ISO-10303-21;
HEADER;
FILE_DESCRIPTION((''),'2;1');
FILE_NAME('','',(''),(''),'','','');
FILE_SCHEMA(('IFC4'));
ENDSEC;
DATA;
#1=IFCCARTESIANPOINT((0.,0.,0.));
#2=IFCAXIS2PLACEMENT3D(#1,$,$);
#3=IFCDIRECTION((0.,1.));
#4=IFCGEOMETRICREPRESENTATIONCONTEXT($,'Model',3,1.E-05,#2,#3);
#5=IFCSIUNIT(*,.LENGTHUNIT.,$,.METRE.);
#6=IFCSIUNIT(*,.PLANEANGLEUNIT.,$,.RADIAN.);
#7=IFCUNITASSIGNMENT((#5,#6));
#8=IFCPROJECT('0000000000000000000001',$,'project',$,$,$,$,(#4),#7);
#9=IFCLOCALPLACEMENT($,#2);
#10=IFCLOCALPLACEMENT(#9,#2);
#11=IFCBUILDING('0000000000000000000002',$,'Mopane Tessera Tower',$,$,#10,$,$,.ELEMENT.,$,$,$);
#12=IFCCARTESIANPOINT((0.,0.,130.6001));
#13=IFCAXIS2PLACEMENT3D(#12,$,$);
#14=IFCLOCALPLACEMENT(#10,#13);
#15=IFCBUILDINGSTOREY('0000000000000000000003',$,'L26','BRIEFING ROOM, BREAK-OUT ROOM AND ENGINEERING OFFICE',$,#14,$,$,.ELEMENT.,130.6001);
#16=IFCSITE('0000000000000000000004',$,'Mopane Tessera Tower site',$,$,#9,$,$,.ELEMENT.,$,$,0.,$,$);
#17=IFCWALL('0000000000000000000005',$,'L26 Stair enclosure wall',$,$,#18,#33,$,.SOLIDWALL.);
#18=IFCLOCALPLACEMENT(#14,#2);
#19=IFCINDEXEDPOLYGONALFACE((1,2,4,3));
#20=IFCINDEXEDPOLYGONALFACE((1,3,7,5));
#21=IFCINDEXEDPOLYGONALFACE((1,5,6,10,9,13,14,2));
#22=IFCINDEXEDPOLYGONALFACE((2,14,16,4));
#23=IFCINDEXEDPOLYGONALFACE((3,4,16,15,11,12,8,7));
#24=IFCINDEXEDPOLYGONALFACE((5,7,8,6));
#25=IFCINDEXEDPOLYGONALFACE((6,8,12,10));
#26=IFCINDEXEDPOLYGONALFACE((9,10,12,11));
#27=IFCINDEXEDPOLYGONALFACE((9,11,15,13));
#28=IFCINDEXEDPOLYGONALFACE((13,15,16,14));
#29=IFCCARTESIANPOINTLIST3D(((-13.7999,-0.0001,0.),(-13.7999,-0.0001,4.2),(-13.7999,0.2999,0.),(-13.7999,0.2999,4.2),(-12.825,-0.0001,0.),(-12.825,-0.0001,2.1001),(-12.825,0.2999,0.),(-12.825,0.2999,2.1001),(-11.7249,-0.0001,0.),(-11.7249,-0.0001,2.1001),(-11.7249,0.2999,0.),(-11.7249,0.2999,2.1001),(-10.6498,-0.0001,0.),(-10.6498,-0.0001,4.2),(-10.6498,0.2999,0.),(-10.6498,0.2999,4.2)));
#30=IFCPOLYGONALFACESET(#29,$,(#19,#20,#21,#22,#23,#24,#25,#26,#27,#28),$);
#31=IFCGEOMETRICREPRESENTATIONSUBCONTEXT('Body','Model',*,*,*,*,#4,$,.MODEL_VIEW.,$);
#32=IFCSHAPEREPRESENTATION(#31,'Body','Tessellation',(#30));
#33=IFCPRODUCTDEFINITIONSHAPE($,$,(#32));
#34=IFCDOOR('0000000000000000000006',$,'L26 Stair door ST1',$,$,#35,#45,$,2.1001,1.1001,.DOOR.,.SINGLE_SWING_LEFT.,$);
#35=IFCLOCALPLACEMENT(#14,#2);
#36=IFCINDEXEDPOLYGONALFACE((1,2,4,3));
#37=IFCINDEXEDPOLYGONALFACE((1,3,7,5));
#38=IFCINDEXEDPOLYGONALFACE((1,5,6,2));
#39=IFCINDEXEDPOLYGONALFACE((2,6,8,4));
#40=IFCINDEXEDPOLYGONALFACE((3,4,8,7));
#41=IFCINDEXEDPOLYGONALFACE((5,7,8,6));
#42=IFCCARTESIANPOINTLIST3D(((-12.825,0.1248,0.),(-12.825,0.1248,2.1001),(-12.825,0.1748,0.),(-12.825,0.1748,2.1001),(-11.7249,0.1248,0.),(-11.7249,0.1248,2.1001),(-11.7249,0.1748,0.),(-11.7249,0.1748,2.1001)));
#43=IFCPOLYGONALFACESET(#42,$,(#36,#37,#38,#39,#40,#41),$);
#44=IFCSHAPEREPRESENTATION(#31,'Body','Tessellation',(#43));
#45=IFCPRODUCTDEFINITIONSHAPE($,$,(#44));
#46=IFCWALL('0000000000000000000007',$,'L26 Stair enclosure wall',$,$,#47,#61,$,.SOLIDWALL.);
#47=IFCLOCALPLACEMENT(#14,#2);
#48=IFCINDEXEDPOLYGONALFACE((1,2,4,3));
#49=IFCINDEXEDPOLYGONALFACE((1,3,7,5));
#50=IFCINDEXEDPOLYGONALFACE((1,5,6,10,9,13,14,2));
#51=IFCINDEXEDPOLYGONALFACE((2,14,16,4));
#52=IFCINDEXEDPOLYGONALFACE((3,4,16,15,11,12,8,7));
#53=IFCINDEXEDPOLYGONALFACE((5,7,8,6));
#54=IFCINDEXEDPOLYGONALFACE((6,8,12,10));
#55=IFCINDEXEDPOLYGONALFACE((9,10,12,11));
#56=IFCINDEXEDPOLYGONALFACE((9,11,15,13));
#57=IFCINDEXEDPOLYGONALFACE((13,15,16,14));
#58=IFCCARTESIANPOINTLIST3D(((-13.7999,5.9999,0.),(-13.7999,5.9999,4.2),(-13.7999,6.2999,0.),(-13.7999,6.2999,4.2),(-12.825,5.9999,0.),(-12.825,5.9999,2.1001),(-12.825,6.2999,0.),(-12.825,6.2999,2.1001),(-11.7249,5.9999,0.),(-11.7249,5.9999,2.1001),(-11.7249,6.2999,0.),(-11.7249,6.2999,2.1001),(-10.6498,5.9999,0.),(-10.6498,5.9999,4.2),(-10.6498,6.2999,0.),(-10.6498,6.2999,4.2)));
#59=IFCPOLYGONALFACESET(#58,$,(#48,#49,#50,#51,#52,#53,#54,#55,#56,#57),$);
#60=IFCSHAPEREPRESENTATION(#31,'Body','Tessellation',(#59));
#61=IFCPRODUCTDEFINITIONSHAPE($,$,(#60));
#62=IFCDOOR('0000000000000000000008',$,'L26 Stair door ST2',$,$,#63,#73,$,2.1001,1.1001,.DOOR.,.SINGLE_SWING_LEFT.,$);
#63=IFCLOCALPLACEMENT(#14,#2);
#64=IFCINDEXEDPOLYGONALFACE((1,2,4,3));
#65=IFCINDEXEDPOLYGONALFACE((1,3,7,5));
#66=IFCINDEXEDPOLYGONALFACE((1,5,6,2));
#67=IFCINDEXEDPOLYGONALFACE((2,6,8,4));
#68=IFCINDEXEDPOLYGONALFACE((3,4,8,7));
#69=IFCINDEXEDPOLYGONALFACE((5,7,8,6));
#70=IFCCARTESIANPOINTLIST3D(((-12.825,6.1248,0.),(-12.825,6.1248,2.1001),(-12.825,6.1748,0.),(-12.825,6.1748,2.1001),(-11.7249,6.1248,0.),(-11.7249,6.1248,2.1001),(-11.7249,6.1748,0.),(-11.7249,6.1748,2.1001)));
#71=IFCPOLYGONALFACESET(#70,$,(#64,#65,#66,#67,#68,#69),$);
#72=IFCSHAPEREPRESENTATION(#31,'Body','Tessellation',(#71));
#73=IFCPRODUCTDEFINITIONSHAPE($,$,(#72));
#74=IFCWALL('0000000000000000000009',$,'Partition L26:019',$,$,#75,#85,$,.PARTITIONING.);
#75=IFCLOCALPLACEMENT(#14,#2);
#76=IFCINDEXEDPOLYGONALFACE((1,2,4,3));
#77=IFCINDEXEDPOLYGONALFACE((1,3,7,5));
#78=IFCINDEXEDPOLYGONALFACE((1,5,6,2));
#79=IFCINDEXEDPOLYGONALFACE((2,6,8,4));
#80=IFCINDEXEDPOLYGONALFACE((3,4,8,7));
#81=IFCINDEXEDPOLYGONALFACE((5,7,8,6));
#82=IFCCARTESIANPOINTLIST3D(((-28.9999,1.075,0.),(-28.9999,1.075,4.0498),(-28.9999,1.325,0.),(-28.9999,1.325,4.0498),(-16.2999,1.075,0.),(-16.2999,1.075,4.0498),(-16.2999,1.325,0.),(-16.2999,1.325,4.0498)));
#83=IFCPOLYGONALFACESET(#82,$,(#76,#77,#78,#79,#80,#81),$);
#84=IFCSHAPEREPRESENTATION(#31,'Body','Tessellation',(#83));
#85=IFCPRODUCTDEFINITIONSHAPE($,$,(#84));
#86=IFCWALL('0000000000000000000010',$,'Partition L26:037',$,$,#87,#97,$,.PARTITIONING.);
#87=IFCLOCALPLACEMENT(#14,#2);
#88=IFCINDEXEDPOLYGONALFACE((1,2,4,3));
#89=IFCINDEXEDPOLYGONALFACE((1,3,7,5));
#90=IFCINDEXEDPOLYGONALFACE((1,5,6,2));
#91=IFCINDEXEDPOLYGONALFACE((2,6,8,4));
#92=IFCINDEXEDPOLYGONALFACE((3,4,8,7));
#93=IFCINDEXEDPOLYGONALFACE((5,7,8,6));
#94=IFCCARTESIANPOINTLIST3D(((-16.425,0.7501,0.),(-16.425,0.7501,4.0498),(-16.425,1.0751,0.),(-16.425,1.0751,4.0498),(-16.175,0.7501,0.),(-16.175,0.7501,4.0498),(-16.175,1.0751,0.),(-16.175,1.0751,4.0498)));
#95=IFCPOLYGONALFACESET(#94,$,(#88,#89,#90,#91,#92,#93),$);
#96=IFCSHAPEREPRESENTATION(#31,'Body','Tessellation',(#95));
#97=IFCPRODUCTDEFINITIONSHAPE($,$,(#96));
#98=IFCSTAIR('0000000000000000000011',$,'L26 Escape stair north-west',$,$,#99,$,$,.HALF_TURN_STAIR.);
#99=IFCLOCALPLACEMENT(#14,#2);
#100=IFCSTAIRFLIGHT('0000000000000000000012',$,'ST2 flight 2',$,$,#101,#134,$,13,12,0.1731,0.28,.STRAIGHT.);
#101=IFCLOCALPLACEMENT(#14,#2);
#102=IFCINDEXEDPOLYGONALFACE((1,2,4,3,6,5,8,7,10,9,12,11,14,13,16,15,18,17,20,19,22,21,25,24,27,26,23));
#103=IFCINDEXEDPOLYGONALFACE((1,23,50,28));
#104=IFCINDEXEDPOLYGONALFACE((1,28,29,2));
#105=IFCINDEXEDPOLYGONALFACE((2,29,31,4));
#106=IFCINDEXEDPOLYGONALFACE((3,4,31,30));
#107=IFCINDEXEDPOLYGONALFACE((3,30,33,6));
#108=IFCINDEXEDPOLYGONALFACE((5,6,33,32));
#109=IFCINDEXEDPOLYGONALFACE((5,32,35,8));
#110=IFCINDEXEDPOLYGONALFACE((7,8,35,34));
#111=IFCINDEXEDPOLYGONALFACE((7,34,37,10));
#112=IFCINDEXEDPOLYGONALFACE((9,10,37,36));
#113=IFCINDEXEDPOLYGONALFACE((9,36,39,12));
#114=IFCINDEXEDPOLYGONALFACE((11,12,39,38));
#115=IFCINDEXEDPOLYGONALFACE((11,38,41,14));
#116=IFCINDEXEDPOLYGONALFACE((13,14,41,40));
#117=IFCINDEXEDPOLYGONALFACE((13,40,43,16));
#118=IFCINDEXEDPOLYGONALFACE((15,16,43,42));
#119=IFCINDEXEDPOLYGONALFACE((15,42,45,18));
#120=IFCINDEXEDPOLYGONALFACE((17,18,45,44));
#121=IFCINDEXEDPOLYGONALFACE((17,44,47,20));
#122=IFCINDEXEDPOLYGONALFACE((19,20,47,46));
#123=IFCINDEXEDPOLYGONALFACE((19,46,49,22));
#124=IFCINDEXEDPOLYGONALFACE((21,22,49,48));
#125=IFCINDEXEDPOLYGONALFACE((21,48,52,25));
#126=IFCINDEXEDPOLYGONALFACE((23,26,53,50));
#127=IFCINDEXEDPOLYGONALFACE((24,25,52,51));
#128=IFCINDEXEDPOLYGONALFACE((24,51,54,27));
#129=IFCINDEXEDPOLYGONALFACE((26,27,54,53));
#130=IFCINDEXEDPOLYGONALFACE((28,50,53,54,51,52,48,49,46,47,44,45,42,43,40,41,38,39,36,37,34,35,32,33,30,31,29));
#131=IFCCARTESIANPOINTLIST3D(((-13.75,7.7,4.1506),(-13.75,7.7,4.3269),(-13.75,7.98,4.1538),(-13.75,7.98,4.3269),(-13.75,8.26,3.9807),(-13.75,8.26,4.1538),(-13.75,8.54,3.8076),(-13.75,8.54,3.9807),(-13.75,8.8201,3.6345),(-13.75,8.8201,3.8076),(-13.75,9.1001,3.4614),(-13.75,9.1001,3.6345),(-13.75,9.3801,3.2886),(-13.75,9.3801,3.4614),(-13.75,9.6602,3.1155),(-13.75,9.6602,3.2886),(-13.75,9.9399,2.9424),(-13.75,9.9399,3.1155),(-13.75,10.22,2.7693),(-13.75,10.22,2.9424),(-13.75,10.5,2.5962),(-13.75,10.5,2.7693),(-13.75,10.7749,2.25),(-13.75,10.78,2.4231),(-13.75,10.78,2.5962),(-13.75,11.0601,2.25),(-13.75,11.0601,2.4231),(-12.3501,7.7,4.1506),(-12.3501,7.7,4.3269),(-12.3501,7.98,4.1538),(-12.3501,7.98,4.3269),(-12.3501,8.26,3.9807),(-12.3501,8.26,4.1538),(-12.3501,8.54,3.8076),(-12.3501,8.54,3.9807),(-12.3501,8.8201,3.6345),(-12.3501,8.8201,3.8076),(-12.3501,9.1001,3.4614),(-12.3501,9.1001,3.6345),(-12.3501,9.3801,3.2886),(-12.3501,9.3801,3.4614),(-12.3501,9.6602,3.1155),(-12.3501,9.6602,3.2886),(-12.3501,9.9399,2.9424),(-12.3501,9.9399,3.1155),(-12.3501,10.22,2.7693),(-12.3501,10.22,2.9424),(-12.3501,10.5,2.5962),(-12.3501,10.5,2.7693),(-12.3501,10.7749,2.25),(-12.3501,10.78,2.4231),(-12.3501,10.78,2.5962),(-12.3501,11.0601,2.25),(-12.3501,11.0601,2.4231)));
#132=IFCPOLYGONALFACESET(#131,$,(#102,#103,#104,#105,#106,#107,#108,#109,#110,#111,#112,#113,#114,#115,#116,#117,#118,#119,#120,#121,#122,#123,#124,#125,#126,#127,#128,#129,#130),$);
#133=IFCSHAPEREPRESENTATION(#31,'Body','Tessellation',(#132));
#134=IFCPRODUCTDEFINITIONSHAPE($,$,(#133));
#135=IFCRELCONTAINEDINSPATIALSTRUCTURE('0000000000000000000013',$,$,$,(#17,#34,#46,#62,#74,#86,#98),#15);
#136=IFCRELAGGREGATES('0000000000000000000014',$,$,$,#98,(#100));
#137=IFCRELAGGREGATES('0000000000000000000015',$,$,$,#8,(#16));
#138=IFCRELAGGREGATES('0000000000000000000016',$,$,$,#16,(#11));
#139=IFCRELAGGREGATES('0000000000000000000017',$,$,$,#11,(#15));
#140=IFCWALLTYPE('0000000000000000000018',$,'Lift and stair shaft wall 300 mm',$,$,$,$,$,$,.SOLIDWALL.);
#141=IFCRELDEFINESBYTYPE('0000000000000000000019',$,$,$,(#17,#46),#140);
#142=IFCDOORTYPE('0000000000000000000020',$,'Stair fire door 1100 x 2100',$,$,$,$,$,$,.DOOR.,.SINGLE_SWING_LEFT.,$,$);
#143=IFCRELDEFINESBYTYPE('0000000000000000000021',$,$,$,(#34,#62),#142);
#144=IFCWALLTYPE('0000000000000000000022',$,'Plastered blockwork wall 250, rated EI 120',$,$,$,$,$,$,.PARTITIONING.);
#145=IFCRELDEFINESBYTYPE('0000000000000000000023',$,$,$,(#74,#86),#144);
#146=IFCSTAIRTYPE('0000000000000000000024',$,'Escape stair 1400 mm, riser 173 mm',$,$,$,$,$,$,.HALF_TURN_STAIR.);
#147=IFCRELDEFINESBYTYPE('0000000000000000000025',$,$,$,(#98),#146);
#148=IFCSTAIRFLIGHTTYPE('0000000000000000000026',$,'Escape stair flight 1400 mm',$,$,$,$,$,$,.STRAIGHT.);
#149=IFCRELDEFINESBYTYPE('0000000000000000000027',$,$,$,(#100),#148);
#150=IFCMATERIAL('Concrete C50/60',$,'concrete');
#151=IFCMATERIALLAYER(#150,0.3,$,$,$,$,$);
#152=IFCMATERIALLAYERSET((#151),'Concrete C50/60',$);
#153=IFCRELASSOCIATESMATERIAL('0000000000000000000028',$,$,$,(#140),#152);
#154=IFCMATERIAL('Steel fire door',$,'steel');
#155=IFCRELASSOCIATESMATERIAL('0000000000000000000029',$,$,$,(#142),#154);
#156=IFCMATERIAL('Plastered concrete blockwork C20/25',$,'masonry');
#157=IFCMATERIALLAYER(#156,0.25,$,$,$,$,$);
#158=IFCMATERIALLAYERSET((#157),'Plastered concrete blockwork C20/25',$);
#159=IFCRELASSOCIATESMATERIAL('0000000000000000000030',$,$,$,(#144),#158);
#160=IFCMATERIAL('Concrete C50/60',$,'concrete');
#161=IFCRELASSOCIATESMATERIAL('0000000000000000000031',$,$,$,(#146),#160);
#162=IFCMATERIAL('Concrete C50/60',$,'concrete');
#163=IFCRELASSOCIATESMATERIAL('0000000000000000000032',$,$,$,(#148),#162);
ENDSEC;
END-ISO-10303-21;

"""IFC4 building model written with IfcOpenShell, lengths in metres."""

from ifc_helpers import new_model, si_unit, direction, frame, frame_2d, origin, place, context, subcontext, project, spatial, polyline, rectangle, outline, extrude, material, layer, layer_set, type_object, element, fill, aggregate, save


model = new_model("IFC4")

# Units and contexts
model_context = context("Model", 3, precision=1e-05, world=origin(), true_north=direction((0.0, 1.0)))
body_context = subcontext(model_context, "Body", "Model", "MODEL_VIEW")
ifc_project = project(units=[si_unit("LENGTHUNIT", "METRE"), si_unit("PLANEANGLEUNIT", "RADIAN")], contexts=[model_context])

# Site, building, storey
site_placement = place(None, origin())
site = spatial("IfcSite", under=ifc_project, at=site_placement, Name="Mopane Tessera Tower site", CompositionType="ELEMENT", RefElevation=0.0)
building_placement = place(site_placement, origin())
building = spatial("IfcBuilding", under=site, at=building_placement, Name="Mopane Tessera Tower", CompositionType="ELEMENT")
storey_placement = place(building_placement, frame((0.0, 0.0, 130.6001)))
storey = spatial("IfcBuildingStorey", under=building, at=storey_placement, Name="L26", Description="BRIEFING ROOM, BREAK-OUT ROOM AND ENGINEERING OFFICE", CompositionType="ELEMENT", Elevation=130.6001)

# Walls, openings, doors
ifc_material_1 = material(Name="Concrete C50/60", Category="concrete")
ifc_layer_1 = layer(ifc_material_1, 0.3)
ifc_layer_set_1 = layer_set([ifc_layer_1], Name="Concrete C50/60")
wall_type_1 = type_object("IfcWallType", Name="Lift and stair shaft wall 300 mm", PredefinedType="SOLIDWALL", material=ifc_layer_set_1)
wall_1_placement = place(storey_placement, frame((-13.8, 0.1499, 0.0), z_axis=(0.0, 0.0, 1.0), x_axis=(1.0, 0.0, 0.0)))
wall_1 = element("IfcWall", 1, at=wall_1_placement, inside=storey, type_object=wall_type_1, Name="L26 Stair enclosure wall", PredefinedType="SOLIDWALL", context=body_context, shape_type="SweptSolid", body=[
    extrude(rectangle(XDim=3.1501, YDim=0.3, at=frame_2d((1.5752, 0.0))), origin(), (0.0, 0.0, 1.0), 4.2),
])
opening_1_placement = place(wall_1_placement, frame((0.9751, 0.0, 0.0)))
opening_1 = element("IfcOpeningElement", 2, at=opening_1_placement, cuts=wall_1, PredefinedType="OPENING", context=body_context, shape_type="SweptSolid", body=[
    extrude(rectangle(XDim=1.1001, YDim=2.1001, at=frame_2d((0.55, 1.05))), frame((0.0, 0.1621, 0.0), z_axis=(0.0, -1.0, 0.0), x_axis=(1.0, 0.0, 0.0)), (0.0, 0.0, 1.0), 0.324),
])
ifc_material_2 = material(Name="Steel fire door", Category="steel")
door_type_1 = type_object("IfcDoorType", Name="Stair fire door 1100 x 2100", OperationType="SINGLE_SWING_LEFT", PredefinedType="DOOR", material=ifc_material_2)
door_1_placement = place(opening_1_placement, origin())
door_1 = element("IfcDoor", 3, at=door_1_placement, inside=storey, type_object=door_type_1, Name="L26 Stair door ST1", OperationType="SINGLE_SWING_LEFT", OverallHeight=2.1001, OverallWidth=1.1001, PredefinedType="DOOR", context=body_context, shape_type="SweptSolid", body=[
    extrude(rectangle(XDim=1.1001, YDim=2.1001, at=frame_2d((0.55, 1.05))), frame((0.0, 0.0249, 0.0), z_axis=(0.0, -1.0, 0.0), x_axis=(1.0, 0.0, 0.0)), (0.0, 0.0, 1.0), 0.05),
])
fill(opening_1, door_1)
wall_2_placement = place(storey_placement, frame((-13.8, 6.1499, 0.0), z_axis=(0.0, 0.0, 1.0), x_axis=(1.0, 0.0, 0.0)))
wall_2 = element("IfcWall", 4, at=wall_2_placement, inside=storey, type_object=wall_type_1, Name="L26 Stair enclosure wall", PredefinedType="SOLIDWALL", context=body_context, shape_type="SweptSolid", body=[
    extrude(rectangle(XDim=3.1501, YDim=0.3, at=frame_2d((1.5752, 0.0))), origin(), (0.0, 0.0, 1.0), 4.2),
])
opening_2_placement = place(wall_2_placement, frame((0.9751, 0.0, 0.0)))
opening_2 = element("IfcOpeningElement", 5, at=opening_2_placement, cuts=wall_2, PredefinedType="OPENING", context=body_context, shape_type="SweptSolid", body=[
    extrude(rectangle(XDim=1.1001, YDim=2.1001, at=frame_2d((0.55, 1.05))), frame((0.0, 0.1621, 0.0), z_axis=(0.0, -1.0, 0.0), x_axis=(1.0, 0.0, 0.0)), (0.0, 0.0, 1.0), 0.324),
])
door_2_placement = place(opening_2_placement, origin())
door_2 = element("IfcDoor", 6, at=door_2_placement, inside=storey, type_object=door_type_1, Name="L26 Stair door ST2", OperationType="SINGLE_SWING_LEFT", OverallHeight=2.1001, OverallWidth=1.1001, PredefinedType="DOOR", context=body_context, shape_type="SweptSolid", body=[
    extrude(rectangle(XDim=1.1001, YDim=2.1001, at=frame_2d((0.55, 1.05))), frame((0.0, 0.0249, 0.0), z_axis=(0.0, -1.0, 0.0), x_axis=(1.0, 0.0, 0.0)), (0.0, 0.0, 1.0), 0.05),
])
fill(opening_2, door_2)

# Walls
ifc_material_3 = material(Name="Plastered concrete blockwork C20/25", Category="masonry")
ifc_layer_2 = layer(ifc_material_3, 0.25)
ifc_layer_set_2 = layer_set([ifc_layer_2], Name="Plastered concrete blockwork C20/25")
wall_type_2 = type_object("IfcWallType", Name="Plastered blockwork wall 250, rated EI 120", PredefinedType="PARTITIONING", material=ifc_layer_set_2)
wall_3_placement = place(storey_placement, frame((-29.0, 1.2, 0.0), z_axis=(0.0, 0.0, 1.0), x_axis=(1.0, 0.0, 0.0)))
element("IfcWall", 7, at=wall_3_placement, inside=storey, type_object=wall_type_2, Name="Partition L26:019", PredefinedType="PARTITIONING", context=body_context, shape_type="SweptSolid", body=[
    extrude(rectangle(XDim=12.7, YDim=0.25, at=frame_2d((6.3501, 0.0))), origin(), (0.0, 0.0, 1.0), 4.0498),
])
wall_4_placement = place(storey_placement, frame((-16.3, 0.75, 0.0), z_axis=(0.0, 0.0, 1.0), x_axis=(0.0, 1.0, 0.0)))
element("IfcWall", 8, at=wall_4_placement, inside=storey, type_object=wall_type_2, Name="Partition L26:037", PredefinedType="PARTITIONING", context=body_context, shape_type="SweptSolid", body=[
    extrude(rectangle(XDim=0.325, YDim=0.25, at=frame_2d((0.1626, 0.0))), origin(), (0.0, 0.0, 1.0), 4.0498),
])

# Stair, stair flight
ifc_material_4 = material(Name="Concrete C50/60", Category="concrete")
stair_type = type_object("IfcStairType", Name="Escape stair 1400 mm, riser 173 mm", PredefinedType="HALF_TURN_STAIR", material=ifc_material_4)
stair_placement = place(storey_placement, origin())
stair = element("IfcStair", 9, at=stair_placement, inside=storey, type_object=stair_type, Name="L26 Escape stair north-west", PredefinedType="HALF_TURN_STAIR")
ifc_material_5 = material(Name="Concrete C50/60", Category="concrete")
stair_flight_type = type_object("IfcStairFlightType", Name="Escape stair flight 1400 mm", PredefinedType="STRAIGHT", material=ifc_material_5)
stair_flight_placement = place(storey_placement, frame((-13.05, 11.0601, 2.25), z_axis=(0.0, 0.0, 1.0), x_axis=(0.0, -1.0, 0.0)))
stair_flight = element("IfcStairFlight", 10, at=stair_flight_placement, type_object=stair_flight_type, Name="ST2 flight 2", NumberOfRisers=13, NumberOfTreads=12, PredefinedType="STRAIGHT", RiserHeight=0.1731, TreadLength=0.28, context=body_context, shape_type="SweptSolid", body=[
    extrude(outline(polyline([(0.0, 0.0), (0.0, 0.1731), (0.28, 0.1731), (0.28, 0.3462), (0.5601, 0.3462), (0.5601, 0.5193), (0.8401, 0.5193), (0.8401, 0.6924), (1.1201, 0.6924), (1.1201, 0.8655), (1.3999, 0.8655), (1.3999, 1.0386), (1.6799, 1.0386), (1.6799, 1.2114), (1.96, 1.2114), (1.96, 1.3845), (2.24, 1.3845), (2.24, 1.5576), (2.52, 1.5576), (2.52, 1.7307), (2.8, 1.7307), (2.8, 1.9038), (3.0801, 1.9038), (3.0801, 2.0769), (3.3601, 2.0769), (3.3601, 2.25), (3.3601, 1.9006), (0.2852, 0.0), (0.0, 0.0)])), frame((0.0, 0.7, 0.0), z_axis=(0.0, -1.0, 0.0), x_axis=(1.0, 0.0, 0.0)), (0.0, 0.0, 1.0), 1.3999),
])
aggregate(stair, [stair_flight])

save(model, "model.ifc")
